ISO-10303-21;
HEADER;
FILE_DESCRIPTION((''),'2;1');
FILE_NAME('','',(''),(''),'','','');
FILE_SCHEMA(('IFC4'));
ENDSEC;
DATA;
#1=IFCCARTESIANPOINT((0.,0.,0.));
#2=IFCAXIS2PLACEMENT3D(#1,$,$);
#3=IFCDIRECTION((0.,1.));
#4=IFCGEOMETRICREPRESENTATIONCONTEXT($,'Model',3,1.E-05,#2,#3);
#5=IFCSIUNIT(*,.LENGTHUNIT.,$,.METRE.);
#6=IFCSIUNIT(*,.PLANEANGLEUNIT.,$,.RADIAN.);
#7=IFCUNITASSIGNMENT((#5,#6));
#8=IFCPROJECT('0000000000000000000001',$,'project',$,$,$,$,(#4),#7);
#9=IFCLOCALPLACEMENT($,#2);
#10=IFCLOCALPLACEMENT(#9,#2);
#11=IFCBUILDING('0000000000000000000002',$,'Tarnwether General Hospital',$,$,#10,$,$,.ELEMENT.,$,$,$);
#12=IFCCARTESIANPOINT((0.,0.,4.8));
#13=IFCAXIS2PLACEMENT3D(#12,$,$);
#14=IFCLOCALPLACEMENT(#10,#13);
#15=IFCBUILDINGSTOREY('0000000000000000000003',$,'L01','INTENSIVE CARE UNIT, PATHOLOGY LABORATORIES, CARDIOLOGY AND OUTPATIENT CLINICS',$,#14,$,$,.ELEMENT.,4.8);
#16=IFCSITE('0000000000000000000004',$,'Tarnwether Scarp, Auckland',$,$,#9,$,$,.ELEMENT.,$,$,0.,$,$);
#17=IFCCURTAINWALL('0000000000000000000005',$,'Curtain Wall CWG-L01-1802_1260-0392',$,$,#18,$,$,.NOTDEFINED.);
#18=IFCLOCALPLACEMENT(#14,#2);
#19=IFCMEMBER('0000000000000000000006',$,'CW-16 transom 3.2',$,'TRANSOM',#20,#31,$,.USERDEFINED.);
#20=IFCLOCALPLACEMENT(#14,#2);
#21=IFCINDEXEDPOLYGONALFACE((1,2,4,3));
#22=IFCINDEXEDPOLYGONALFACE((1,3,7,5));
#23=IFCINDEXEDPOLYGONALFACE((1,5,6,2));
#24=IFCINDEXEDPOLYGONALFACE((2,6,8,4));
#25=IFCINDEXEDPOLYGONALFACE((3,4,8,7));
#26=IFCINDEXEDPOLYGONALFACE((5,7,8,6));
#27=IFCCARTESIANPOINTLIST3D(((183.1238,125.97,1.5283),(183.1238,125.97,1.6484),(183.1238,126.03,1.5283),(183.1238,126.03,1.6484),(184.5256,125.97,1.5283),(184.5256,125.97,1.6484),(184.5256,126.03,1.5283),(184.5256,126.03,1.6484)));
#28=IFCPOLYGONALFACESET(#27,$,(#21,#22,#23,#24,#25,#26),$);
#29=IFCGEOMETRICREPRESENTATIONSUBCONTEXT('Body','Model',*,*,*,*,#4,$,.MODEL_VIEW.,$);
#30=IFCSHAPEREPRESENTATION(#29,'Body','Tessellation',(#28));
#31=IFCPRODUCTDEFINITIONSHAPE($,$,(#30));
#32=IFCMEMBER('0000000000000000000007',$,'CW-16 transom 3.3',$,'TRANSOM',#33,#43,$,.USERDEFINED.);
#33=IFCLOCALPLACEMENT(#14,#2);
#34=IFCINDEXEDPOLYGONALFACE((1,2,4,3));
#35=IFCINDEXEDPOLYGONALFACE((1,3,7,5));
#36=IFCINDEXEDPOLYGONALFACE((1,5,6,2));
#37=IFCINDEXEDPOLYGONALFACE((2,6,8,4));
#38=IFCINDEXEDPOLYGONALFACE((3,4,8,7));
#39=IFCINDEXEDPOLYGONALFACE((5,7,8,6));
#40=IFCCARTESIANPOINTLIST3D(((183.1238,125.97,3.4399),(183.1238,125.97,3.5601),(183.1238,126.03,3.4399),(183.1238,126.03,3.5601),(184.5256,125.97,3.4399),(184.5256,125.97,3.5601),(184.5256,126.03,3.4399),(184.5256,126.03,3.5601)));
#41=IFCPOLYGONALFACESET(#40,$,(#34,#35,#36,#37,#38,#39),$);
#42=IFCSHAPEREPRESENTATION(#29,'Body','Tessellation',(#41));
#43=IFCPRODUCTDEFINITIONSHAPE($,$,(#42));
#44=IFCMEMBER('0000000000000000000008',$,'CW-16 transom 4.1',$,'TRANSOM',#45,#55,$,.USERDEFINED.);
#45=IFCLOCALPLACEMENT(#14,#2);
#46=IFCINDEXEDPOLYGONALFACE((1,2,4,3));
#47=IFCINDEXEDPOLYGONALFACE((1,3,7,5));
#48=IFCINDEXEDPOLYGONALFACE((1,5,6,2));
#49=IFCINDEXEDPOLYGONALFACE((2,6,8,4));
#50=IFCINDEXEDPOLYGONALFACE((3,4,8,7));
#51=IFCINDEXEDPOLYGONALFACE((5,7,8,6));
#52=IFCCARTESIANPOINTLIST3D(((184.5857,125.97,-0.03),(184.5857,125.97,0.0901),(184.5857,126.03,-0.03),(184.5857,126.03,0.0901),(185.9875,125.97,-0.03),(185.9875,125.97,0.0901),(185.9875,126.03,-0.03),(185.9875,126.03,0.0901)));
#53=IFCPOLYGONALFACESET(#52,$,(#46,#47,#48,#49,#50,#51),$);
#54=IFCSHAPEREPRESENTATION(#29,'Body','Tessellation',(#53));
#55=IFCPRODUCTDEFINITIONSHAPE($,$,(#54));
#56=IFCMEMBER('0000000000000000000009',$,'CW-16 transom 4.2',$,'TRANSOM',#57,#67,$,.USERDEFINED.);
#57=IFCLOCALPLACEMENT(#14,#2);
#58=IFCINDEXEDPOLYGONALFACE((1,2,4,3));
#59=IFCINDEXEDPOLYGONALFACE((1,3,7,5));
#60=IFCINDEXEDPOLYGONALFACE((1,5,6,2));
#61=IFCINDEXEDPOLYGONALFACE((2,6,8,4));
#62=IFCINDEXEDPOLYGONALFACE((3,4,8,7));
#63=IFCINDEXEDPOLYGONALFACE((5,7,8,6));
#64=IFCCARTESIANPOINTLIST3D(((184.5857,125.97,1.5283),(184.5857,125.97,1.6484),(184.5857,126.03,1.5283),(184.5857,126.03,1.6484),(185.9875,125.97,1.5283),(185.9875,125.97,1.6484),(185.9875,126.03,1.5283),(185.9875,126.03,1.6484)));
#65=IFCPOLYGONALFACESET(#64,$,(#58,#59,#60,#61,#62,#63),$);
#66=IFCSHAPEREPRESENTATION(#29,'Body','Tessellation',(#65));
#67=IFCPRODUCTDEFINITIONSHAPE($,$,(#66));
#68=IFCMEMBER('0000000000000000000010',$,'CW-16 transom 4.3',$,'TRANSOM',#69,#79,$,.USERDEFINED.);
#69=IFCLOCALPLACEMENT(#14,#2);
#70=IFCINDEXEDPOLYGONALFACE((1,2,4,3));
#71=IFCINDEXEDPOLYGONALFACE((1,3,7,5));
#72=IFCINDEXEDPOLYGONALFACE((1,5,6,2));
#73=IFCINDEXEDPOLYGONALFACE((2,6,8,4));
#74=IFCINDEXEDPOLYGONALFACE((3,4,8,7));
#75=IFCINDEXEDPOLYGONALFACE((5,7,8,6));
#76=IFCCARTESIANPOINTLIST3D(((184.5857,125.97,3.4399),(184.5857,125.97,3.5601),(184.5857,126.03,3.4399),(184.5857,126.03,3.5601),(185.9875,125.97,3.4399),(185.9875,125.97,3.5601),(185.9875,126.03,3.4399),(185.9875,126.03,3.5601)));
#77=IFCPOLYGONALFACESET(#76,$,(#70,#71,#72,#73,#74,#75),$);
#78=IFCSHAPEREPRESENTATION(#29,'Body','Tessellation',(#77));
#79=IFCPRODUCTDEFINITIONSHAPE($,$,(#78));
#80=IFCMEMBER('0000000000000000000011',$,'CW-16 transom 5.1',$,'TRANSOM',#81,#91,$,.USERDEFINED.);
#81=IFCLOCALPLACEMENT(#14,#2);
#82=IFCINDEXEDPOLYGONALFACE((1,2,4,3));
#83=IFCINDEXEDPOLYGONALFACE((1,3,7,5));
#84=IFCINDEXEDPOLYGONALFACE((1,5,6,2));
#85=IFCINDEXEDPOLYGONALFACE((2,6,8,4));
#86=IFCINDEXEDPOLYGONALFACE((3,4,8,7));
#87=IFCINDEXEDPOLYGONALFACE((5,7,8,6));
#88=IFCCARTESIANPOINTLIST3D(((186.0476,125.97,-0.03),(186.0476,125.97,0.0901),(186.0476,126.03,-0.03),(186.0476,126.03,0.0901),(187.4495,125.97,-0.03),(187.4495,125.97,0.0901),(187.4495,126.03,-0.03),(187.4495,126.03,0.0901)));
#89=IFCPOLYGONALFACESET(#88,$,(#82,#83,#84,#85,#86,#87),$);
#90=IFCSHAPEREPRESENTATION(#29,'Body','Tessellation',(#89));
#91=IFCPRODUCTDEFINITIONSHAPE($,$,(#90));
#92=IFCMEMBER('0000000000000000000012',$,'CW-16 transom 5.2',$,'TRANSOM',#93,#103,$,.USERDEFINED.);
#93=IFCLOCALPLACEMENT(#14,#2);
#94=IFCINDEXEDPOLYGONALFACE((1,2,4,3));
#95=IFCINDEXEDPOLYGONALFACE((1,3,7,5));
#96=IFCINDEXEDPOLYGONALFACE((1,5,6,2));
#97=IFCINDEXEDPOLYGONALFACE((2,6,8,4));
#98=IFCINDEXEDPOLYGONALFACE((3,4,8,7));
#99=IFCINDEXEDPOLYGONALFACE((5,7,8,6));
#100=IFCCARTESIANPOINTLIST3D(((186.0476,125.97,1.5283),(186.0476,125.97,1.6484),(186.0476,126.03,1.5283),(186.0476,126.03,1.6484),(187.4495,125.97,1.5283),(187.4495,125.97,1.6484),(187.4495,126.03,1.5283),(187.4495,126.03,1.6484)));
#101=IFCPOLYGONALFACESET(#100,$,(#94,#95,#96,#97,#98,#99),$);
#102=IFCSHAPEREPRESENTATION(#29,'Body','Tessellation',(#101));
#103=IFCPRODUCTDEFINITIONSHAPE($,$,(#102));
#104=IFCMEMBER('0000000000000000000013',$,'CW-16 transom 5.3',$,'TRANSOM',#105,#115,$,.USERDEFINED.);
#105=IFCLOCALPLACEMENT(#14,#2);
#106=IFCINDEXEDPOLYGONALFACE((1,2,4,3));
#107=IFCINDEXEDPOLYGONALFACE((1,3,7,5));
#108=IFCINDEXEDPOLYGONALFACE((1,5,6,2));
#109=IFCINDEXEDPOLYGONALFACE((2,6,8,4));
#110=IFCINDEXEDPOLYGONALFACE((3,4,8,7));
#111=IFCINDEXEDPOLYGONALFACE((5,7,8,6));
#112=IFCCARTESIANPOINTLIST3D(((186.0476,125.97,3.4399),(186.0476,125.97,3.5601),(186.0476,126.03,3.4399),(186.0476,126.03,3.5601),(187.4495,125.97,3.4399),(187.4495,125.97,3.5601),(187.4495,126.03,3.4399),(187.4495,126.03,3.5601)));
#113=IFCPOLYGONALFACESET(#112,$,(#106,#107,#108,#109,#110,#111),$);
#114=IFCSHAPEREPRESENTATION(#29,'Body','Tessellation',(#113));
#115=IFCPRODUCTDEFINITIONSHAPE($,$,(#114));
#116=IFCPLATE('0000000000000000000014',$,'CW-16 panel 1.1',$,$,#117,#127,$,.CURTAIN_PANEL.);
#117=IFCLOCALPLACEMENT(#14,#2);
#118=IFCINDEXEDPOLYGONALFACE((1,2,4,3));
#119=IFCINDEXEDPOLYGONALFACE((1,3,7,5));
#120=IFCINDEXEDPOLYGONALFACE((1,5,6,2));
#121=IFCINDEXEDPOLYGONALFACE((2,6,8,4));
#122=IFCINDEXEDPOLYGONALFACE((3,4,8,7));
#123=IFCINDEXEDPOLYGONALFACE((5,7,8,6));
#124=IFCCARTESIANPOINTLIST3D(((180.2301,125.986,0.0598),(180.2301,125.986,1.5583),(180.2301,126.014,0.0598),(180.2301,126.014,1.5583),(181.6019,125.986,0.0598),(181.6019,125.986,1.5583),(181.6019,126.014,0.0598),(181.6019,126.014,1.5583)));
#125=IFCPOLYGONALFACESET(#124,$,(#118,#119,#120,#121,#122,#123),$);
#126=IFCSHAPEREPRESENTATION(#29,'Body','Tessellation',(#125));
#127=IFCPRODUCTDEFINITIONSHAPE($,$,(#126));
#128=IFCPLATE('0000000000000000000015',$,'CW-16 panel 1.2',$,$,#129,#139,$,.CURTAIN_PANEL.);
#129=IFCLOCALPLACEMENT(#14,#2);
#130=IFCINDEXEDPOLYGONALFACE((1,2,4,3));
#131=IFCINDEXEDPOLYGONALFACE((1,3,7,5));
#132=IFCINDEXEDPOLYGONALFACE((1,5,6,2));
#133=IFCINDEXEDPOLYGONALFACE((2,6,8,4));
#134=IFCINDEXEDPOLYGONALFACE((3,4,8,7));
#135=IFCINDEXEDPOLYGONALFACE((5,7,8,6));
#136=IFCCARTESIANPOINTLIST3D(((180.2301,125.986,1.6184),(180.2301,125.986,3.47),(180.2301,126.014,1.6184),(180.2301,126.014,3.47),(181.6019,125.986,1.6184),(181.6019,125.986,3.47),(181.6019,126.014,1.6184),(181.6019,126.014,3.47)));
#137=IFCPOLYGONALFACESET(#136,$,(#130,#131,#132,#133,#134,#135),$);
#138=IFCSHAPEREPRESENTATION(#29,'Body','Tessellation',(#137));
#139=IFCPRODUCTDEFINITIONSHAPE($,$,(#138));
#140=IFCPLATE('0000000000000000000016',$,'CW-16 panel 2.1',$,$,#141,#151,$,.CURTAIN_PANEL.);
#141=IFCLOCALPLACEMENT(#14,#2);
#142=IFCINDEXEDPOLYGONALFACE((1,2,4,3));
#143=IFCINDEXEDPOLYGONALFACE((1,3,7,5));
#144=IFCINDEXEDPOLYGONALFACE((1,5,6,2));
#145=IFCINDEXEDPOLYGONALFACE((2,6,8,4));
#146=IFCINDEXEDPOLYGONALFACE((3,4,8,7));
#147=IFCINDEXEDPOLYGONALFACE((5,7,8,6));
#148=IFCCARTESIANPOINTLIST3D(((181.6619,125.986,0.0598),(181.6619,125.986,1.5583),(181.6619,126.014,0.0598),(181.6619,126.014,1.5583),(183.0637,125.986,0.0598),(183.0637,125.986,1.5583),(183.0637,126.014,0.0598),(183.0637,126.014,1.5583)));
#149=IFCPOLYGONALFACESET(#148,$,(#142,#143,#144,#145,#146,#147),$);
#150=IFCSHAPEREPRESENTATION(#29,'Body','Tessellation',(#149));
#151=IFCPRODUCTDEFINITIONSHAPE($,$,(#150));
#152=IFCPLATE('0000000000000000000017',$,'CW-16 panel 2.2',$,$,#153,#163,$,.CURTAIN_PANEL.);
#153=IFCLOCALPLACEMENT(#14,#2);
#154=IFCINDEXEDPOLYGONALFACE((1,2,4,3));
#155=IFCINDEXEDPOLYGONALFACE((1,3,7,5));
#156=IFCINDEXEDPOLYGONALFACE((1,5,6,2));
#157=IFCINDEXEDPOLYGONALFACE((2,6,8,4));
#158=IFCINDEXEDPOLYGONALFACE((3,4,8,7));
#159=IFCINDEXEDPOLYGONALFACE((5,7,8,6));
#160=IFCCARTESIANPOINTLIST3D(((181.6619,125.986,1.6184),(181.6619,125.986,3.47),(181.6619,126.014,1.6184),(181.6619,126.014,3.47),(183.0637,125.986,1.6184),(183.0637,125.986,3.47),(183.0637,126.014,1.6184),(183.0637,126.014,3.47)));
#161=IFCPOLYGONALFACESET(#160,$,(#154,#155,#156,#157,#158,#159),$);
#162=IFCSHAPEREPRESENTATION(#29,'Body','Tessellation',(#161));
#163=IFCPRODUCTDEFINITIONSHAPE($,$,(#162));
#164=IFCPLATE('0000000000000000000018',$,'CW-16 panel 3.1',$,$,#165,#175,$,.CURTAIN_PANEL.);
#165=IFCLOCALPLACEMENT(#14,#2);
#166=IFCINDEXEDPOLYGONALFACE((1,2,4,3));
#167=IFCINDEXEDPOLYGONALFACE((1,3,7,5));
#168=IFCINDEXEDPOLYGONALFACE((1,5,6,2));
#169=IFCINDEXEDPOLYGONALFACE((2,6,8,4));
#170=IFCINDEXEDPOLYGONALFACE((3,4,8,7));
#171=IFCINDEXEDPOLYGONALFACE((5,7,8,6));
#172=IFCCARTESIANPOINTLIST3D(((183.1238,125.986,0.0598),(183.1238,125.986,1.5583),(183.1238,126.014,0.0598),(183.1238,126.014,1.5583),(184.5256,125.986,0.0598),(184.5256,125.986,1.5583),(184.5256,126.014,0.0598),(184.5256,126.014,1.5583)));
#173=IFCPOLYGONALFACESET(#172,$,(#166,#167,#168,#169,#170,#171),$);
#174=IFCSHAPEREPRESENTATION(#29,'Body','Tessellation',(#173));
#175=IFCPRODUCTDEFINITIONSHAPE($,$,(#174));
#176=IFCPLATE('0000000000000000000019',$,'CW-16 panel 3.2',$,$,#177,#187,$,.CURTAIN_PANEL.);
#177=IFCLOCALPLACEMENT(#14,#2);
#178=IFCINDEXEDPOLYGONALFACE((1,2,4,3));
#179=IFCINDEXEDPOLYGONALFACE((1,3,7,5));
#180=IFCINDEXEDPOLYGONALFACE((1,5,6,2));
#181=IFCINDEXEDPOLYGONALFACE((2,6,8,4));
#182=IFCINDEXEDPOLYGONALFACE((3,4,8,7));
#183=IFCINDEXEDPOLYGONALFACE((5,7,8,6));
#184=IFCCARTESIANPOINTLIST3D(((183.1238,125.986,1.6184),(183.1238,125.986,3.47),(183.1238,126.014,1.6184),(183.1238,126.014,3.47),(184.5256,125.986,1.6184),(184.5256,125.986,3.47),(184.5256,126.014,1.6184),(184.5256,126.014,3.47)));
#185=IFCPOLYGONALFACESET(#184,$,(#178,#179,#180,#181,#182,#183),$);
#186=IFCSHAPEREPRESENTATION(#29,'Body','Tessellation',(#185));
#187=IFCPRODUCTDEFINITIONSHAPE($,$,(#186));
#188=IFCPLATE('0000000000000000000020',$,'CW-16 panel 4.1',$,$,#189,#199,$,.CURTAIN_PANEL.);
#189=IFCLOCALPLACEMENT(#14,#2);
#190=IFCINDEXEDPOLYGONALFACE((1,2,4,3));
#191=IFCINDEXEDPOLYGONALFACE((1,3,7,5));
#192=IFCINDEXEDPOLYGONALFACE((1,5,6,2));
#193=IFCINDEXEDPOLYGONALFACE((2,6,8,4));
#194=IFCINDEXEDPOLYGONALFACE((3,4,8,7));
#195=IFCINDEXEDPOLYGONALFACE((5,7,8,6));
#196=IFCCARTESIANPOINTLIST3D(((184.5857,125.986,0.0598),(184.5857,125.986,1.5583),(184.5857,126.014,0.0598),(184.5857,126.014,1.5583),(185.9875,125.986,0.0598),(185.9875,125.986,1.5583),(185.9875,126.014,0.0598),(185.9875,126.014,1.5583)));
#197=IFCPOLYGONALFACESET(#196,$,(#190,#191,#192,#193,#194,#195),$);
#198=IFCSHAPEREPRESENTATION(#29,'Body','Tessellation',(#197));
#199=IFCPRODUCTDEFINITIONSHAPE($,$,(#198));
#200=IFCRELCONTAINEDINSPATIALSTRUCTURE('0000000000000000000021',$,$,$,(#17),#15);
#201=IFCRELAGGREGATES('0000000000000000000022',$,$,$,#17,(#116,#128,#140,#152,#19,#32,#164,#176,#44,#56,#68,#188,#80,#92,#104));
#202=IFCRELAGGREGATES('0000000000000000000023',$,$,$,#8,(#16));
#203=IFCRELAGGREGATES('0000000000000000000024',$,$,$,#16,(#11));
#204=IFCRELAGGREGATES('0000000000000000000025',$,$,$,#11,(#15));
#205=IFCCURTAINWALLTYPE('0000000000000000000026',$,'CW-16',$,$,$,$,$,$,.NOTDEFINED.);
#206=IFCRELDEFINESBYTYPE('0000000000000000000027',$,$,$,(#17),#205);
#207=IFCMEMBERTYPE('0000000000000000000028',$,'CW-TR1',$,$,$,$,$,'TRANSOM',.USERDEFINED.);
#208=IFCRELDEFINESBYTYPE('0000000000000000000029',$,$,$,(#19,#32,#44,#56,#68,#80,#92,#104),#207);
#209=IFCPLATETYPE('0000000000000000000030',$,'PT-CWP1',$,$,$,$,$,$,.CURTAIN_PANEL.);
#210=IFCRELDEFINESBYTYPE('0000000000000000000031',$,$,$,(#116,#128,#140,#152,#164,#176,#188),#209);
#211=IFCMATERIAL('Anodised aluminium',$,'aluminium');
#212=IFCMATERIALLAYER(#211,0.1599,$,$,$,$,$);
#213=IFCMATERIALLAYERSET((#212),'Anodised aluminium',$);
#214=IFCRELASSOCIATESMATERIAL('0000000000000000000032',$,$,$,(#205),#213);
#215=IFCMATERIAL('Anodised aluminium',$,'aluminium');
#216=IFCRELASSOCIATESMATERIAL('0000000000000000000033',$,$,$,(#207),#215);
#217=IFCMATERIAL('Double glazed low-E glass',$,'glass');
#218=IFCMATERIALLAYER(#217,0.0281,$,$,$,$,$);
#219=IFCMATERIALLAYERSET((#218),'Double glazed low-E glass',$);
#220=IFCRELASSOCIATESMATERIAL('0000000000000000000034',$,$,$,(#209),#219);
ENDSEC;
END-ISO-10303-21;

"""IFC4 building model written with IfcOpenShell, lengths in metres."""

from ifc_helpers import new_model, si_unit, direction, frame, origin, origin_2d, place, context, subcontext, project, spatial, rectangle, extrude, material, layer, layer_set, material_profile, profile_set, type_object, element, aggregate, save


model = new_model("IFC4")

# Units and contexts
model_context = context("Model", 3, precision=1e-05, world=origin(), true_north=direction((0.0, 1.0)))
body_context = subcontext(model_context, "Body", "Model", "MODEL_VIEW")
ifc_project = project(units=[si_unit("LENGTHUNIT", "METRE"), si_unit("PLANEANGLEUNIT", "RADIAN")], contexts=[model_context])

# Site, building, storey
site_placement = place(None, origin())
site = spatial("IfcSite", under=ifc_project, at=site_placement, Name="Tarnwether Scarp, Auckland", CompositionType="ELEMENT", RefElevation=0.0)
building_placement = place(site_placement, origin())
building = spatial("IfcBuilding", under=site, at=building_placement, Name="Tarnwether General Hospital", CompositionType="ELEMENT")
storey_placement = place(building_placement, frame((0.0, 0.0, 4.8)))
storey = spatial("IfcBuildingStorey", under=building, at=storey_placement, Name="L01", Description="INTENSIVE CARE UNIT, PATHOLOGY LABORATORIES, CARDIOLOGY AND OUTPATIENT CLINICS", CompositionType="ELEMENT", Elevation=4.8)

# Curtain wall, members, plates
ifc_material_1 = material(Name="Anodised aluminium", Category="aluminium")
ifc_layer_1 = layer(ifc_material_1, 0.1599)
ifc_layer_set_1 = layer_set([ifc_layer_1], Name="Anodised aluminium")
curtain_wall_type = type_object("IfcCurtainWallType", Name="CW-16", PredefinedType="NOTDEFINED", material=ifc_layer_set_1)
curtain_wall_placement = place(storey_placement, origin())
curtain_wall = element("IfcCurtainWall", 1, at=curtain_wall_placement, inside=storey, type_object=curtain_wall_type, Name="Curtain Wall CWG-L01-1802_1260-0392", PredefinedType="NOTDEFINED")
ifc_material_2 = material(Name="Anodised aluminium", Category="aluminium")
ifc_material_profile_1 = material_profile(ifc_material_2, rectangle(XDim=0.0601, YDim=0.1201, at=origin_2d()), Name="ALU-TRN-60x120")
ifc_profile_set_1 = profile_set([ifc_material_profile_1], Name="Anodised aluminium")
member_type_1 = type_object("IfcMemberType", Name="CW-TR1", ElementType="TRANSOM", PredefinedType="USERDEFINED", material=ifc_profile_set_1)
member_1_placement = place(storey_placement, frame((183.1238, 126.0, 1.5884), z_axis=(1.0, 0.0, 0.0), x_axis=(0.0, 1.0, 0.0)))
member_1 = element("IfcMember", 2, at=member_1_placement, type_object=member_type_1, Name="CW-16 transom 3.2", ObjectType="TRANSOM", PredefinedType="USERDEFINED", context=body_context, shape_type="SweptSolid", body=[
    extrude(rectangle(XDim=0.0601, YDim=0.1201, at=origin_2d()), origin(), (0.0, 0.0, 1.0), 1.4019),
])
member_2_placement = place(storey_placement, frame((183.1238, 126.0, 3.5), z_axis=(1.0, 0.0, 0.0), x_axis=(0.0, 1.0, 0.0)))
member_2 = element("IfcMember", 3, at=member_2_placement, type_object=member_type_1, Name="CW-16 transom 3.3", ObjectType="TRANSOM", PredefinedType="USERDEFINED", context=body_context, shape_type="SweptSolid", body=[
    extrude(rectangle(XDim=0.0601, YDim=0.1201, at=origin_2d()), origin(), (0.0, 0.0, 1.0), 1.4019),
])
member_3_placement = place(storey_placement, frame((184.5857, 126.0, 0.03), z_axis=(1.0, 0.0, 0.0), x_axis=(0.0, 1.0, 0.0)))
member_3 = element("IfcMember", 4, at=member_3_placement, type_object=member_type_1, Name="CW-16 transom 4.1", ObjectType="TRANSOM", PredefinedType="USERDEFINED", context=body_context, shape_type="SweptSolid", body=[
    extrude(rectangle(XDim=0.0601, YDim=0.1201, at=origin_2d()), origin(), (0.0, 0.0, 1.0), 1.4019),
])
member_4_placement = place(storey_placement, frame((184.5857, 126.0, 1.5884), z_axis=(1.0, 0.0, 0.0), x_axis=(0.0, 1.0, 0.0)))
member_4 = element("IfcMember", 5, at=member_4_placement, type_object=member_type_1, Name="CW-16 transom 4.2", ObjectType="TRANSOM", PredefinedType="USERDEFINED", context=body_context, shape_type="SweptSolid", body=[
    extrude(rectangle(XDim=0.0601, YDim=0.1201, at=origin_2d()), origin(), (0.0, 0.0, 1.0), 1.4019),
])
member_5_placement = place(storey_placement, frame((184.5857, 126.0, 3.5), z_axis=(1.0, 0.0, 0.0), x_axis=(0.0, 1.0, 0.0)))
member_5 = element("IfcMember", 6, at=member_5_placement, type_object=member_type_1, Name="CW-16 transom 4.3", ObjectType="TRANSOM", PredefinedType="USERDEFINED", context=body_context, shape_type="SweptSolid", body=[
    extrude(rectangle(XDim=0.0601, YDim=0.1201, at=origin_2d()), origin(), (0.0, 0.0, 1.0), 1.4019),
])
member_6_placement = place(storey_placement, frame((186.0476, 126.0, 0.03), z_axis=(1.0, 0.0, 0.0), x_axis=(0.0, 1.0, 0.0)))
member_6 = element("IfcMember", 7, at=member_6_placement, type_object=member_type_1, Name="CW-16 transom 5.1", ObjectType="TRANSOM", PredefinedType="USERDEFINED", context=body_context, shape_type="SweptSolid", body=[
    extrude(rectangle(XDim=0.0601, YDim=0.1201, at=origin_2d()), origin(), (0.0, 0.0, 1.0), 1.4019),
])
member_7_placement = place(storey_placement, frame((186.0476, 126.0, 1.5884), z_axis=(1.0, 0.0, 0.0), x_axis=(0.0, 1.0, 0.0)))
member_7 = element("IfcMember", 8, at=member_7_placement, type_object=member_type_1, Name="CW-16 transom 5.2", ObjectType="TRANSOM", PredefinedType="USERDEFINED", context=body_context, shape_type="SweptSolid", body=[
    extrude(rectangle(XDim=0.0601, YDim=0.1201, at=origin_2d()), origin(), (0.0, 0.0, 1.0), 1.4019),
])
member_8_placement = place(storey_placement, frame((186.0476, 126.0, 3.5), z_axis=(1.0, 0.0, 0.0), x_axis=(0.0, 1.0, 0.0)))
member_8 = element("IfcMember", 9, at=member_8_placement, type_object=member_type_1, Name="CW-16 transom 5.3", ObjectType="TRANSOM", PredefinedType="USERDEFINED", context=body_context, shape_type="SweptSolid", body=[
    extrude(rectangle(XDim=0.0601, YDim=0.1201, at=origin_2d()), origin(), (0.0, 0.0, 1.0), 1.4019),
])
ifc_material_3 = material(Name="Double glazed low-E glass", Category="glass")
ifc_layer_2 = layer(ifc_material_3, 0.0281)
ifc_layer_set_2 = layer_set([ifc_layer_2], Name="Double glazed low-E glass")
plate_type_1 = type_object("IfcPlateType", Name="PT-CWP1", PredefinedType="CURTAIN_PANEL", material=ifc_layer_set_2)
plate_1_placement = place(storey_placement, frame((180.916, 126.0, 0.0598), z_axis=(0.0, 0.0, 1.0), x_axis=(1.0, 0.0, 0.0)))
plate_1 = element("IfcPlate", 10, at=plate_1_placement, type_object=plate_type_1, Name="CW-16 panel 1.1", PredefinedType="CURTAIN_PANEL", context=body_context, shape_type="SweptSolid", body=[
    extrude(rectangle(XDim=1.3718, YDim=0.0281, at=origin_2d()), origin(), (0.0, 0.0, 1.0), 1.4985),
])
plate_2_placement = place(storey_placement, frame((180.916, 126.0, 1.6184), z_axis=(0.0, 0.0, 1.0), x_axis=(1.0, 0.0, 0.0)))
plate_2 = element("IfcPlate", 11, at=plate_2_placement, type_object=plate_type_1, Name="CW-16 panel 1.2", PredefinedType="CURTAIN_PANEL", context=body_context, shape_type="SweptSolid", body=[
    extrude(rectangle(XDim=1.3718, YDim=0.0281, at=origin_2d()), origin(), (0.0, 0.0, 1.0), 1.8516),
])
plate_3_placement = place(storey_placement, frame((182.3628, 126.0, 0.0598), z_axis=(0.0, 0.0, 1.0), x_axis=(1.0, 0.0, 0.0)))
plate_3 = element("IfcPlate", 12, at=plate_3_placement, type_object=plate_type_1, Name="CW-16 panel 2.1", PredefinedType="CURTAIN_PANEL", context=body_context, shape_type="SweptSolid", body=[
    extrude(rectangle(XDim=1.4019, YDim=0.0281, at=origin_2d()), origin(), (0.0, 0.0, 1.0), 1.4985),
])
plate_4_placement = place(storey_placement, frame((182.3628, 126.0, 1.6184), z_axis=(0.0, 0.0, 1.0), x_axis=(1.0, 0.0, 0.0)))
plate_4 = element("IfcPlate", 13, at=plate_4_placement, type_object=plate_type_1, Name="CW-16 panel 2.2", PredefinedType="CURTAIN_PANEL", context=body_context, shape_type="SweptSolid", body=[
    extrude(rectangle(XDim=1.4019, YDim=0.0281, at=origin_2d()), origin(), (0.0, 0.0, 1.0), 1.8516),
])
plate_5_placement = place(storey_placement, frame((183.8247, 126.0, 0.0598), z_axis=(0.0, 0.0, 1.0), x_axis=(1.0, 0.0, 0.0)))
plate_5 = element("IfcPlate", 14, at=plate_5_placement, type_object=plate_type_1, Name="CW-16 panel 3.1", PredefinedType="CURTAIN_PANEL", context=body_context, shape_type="SweptSolid", body=[
    extrude(rectangle(XDim=1.4019, YDim=0.0281, at=origin_2d()), origin(), (0.0, 0.0, 1.0), 1.4985),
])
plate_6_placement = place(storey_placement, frame((183.8247, 126.0, 1.6184), z_axis=(0.0, 0.0, 1.0), x_axis=(1.0, 0.0, 0.0)))
plate_6 = element("IfcPlate", 15, at=plate_6_placement, type_object=plate_type_1, Name="CW-16 panel 3.2", PredefinedType="CURTAIN_PANEL", context=body_context, shape_type="SweptSolid", body=[
    extrude(rectangle(XDim=1.4019, YDim=0.0281, at=origin_2d()), origin(), (0.0, 0.0, 1.0), 1.8516),
])
plate_7_placement = place(storey_placement, frame((185.2866, 126.0, 0.0598), z_axis=(0.0, 0.0, 1.0), x_axis=(1.0, 0.0, 0.0)))
plate_7 = element("IfcPlate", 16, at=plate_7_placement, type_object=plate_type_1, Name="CW-16 panel 4.1", PredefinedType="CURTAIN_PANEL", context=body_context, shape_type="SweptSolid", body=[
    extrude(rectangle(XDim=1.4019, YDim=0.0281, at=origin_2d()), origin(), (0.0, 0.0, 1.0), 1.4985),
])
aggregate(curtain_wall, [plate_1, plate_2, plate_3, plate_4, member_1, member_2, plate_5, plate_6, member_3, member_4, member_5, plate_7, member_6, member_7, member_8])

save(model, "model.ifc")
